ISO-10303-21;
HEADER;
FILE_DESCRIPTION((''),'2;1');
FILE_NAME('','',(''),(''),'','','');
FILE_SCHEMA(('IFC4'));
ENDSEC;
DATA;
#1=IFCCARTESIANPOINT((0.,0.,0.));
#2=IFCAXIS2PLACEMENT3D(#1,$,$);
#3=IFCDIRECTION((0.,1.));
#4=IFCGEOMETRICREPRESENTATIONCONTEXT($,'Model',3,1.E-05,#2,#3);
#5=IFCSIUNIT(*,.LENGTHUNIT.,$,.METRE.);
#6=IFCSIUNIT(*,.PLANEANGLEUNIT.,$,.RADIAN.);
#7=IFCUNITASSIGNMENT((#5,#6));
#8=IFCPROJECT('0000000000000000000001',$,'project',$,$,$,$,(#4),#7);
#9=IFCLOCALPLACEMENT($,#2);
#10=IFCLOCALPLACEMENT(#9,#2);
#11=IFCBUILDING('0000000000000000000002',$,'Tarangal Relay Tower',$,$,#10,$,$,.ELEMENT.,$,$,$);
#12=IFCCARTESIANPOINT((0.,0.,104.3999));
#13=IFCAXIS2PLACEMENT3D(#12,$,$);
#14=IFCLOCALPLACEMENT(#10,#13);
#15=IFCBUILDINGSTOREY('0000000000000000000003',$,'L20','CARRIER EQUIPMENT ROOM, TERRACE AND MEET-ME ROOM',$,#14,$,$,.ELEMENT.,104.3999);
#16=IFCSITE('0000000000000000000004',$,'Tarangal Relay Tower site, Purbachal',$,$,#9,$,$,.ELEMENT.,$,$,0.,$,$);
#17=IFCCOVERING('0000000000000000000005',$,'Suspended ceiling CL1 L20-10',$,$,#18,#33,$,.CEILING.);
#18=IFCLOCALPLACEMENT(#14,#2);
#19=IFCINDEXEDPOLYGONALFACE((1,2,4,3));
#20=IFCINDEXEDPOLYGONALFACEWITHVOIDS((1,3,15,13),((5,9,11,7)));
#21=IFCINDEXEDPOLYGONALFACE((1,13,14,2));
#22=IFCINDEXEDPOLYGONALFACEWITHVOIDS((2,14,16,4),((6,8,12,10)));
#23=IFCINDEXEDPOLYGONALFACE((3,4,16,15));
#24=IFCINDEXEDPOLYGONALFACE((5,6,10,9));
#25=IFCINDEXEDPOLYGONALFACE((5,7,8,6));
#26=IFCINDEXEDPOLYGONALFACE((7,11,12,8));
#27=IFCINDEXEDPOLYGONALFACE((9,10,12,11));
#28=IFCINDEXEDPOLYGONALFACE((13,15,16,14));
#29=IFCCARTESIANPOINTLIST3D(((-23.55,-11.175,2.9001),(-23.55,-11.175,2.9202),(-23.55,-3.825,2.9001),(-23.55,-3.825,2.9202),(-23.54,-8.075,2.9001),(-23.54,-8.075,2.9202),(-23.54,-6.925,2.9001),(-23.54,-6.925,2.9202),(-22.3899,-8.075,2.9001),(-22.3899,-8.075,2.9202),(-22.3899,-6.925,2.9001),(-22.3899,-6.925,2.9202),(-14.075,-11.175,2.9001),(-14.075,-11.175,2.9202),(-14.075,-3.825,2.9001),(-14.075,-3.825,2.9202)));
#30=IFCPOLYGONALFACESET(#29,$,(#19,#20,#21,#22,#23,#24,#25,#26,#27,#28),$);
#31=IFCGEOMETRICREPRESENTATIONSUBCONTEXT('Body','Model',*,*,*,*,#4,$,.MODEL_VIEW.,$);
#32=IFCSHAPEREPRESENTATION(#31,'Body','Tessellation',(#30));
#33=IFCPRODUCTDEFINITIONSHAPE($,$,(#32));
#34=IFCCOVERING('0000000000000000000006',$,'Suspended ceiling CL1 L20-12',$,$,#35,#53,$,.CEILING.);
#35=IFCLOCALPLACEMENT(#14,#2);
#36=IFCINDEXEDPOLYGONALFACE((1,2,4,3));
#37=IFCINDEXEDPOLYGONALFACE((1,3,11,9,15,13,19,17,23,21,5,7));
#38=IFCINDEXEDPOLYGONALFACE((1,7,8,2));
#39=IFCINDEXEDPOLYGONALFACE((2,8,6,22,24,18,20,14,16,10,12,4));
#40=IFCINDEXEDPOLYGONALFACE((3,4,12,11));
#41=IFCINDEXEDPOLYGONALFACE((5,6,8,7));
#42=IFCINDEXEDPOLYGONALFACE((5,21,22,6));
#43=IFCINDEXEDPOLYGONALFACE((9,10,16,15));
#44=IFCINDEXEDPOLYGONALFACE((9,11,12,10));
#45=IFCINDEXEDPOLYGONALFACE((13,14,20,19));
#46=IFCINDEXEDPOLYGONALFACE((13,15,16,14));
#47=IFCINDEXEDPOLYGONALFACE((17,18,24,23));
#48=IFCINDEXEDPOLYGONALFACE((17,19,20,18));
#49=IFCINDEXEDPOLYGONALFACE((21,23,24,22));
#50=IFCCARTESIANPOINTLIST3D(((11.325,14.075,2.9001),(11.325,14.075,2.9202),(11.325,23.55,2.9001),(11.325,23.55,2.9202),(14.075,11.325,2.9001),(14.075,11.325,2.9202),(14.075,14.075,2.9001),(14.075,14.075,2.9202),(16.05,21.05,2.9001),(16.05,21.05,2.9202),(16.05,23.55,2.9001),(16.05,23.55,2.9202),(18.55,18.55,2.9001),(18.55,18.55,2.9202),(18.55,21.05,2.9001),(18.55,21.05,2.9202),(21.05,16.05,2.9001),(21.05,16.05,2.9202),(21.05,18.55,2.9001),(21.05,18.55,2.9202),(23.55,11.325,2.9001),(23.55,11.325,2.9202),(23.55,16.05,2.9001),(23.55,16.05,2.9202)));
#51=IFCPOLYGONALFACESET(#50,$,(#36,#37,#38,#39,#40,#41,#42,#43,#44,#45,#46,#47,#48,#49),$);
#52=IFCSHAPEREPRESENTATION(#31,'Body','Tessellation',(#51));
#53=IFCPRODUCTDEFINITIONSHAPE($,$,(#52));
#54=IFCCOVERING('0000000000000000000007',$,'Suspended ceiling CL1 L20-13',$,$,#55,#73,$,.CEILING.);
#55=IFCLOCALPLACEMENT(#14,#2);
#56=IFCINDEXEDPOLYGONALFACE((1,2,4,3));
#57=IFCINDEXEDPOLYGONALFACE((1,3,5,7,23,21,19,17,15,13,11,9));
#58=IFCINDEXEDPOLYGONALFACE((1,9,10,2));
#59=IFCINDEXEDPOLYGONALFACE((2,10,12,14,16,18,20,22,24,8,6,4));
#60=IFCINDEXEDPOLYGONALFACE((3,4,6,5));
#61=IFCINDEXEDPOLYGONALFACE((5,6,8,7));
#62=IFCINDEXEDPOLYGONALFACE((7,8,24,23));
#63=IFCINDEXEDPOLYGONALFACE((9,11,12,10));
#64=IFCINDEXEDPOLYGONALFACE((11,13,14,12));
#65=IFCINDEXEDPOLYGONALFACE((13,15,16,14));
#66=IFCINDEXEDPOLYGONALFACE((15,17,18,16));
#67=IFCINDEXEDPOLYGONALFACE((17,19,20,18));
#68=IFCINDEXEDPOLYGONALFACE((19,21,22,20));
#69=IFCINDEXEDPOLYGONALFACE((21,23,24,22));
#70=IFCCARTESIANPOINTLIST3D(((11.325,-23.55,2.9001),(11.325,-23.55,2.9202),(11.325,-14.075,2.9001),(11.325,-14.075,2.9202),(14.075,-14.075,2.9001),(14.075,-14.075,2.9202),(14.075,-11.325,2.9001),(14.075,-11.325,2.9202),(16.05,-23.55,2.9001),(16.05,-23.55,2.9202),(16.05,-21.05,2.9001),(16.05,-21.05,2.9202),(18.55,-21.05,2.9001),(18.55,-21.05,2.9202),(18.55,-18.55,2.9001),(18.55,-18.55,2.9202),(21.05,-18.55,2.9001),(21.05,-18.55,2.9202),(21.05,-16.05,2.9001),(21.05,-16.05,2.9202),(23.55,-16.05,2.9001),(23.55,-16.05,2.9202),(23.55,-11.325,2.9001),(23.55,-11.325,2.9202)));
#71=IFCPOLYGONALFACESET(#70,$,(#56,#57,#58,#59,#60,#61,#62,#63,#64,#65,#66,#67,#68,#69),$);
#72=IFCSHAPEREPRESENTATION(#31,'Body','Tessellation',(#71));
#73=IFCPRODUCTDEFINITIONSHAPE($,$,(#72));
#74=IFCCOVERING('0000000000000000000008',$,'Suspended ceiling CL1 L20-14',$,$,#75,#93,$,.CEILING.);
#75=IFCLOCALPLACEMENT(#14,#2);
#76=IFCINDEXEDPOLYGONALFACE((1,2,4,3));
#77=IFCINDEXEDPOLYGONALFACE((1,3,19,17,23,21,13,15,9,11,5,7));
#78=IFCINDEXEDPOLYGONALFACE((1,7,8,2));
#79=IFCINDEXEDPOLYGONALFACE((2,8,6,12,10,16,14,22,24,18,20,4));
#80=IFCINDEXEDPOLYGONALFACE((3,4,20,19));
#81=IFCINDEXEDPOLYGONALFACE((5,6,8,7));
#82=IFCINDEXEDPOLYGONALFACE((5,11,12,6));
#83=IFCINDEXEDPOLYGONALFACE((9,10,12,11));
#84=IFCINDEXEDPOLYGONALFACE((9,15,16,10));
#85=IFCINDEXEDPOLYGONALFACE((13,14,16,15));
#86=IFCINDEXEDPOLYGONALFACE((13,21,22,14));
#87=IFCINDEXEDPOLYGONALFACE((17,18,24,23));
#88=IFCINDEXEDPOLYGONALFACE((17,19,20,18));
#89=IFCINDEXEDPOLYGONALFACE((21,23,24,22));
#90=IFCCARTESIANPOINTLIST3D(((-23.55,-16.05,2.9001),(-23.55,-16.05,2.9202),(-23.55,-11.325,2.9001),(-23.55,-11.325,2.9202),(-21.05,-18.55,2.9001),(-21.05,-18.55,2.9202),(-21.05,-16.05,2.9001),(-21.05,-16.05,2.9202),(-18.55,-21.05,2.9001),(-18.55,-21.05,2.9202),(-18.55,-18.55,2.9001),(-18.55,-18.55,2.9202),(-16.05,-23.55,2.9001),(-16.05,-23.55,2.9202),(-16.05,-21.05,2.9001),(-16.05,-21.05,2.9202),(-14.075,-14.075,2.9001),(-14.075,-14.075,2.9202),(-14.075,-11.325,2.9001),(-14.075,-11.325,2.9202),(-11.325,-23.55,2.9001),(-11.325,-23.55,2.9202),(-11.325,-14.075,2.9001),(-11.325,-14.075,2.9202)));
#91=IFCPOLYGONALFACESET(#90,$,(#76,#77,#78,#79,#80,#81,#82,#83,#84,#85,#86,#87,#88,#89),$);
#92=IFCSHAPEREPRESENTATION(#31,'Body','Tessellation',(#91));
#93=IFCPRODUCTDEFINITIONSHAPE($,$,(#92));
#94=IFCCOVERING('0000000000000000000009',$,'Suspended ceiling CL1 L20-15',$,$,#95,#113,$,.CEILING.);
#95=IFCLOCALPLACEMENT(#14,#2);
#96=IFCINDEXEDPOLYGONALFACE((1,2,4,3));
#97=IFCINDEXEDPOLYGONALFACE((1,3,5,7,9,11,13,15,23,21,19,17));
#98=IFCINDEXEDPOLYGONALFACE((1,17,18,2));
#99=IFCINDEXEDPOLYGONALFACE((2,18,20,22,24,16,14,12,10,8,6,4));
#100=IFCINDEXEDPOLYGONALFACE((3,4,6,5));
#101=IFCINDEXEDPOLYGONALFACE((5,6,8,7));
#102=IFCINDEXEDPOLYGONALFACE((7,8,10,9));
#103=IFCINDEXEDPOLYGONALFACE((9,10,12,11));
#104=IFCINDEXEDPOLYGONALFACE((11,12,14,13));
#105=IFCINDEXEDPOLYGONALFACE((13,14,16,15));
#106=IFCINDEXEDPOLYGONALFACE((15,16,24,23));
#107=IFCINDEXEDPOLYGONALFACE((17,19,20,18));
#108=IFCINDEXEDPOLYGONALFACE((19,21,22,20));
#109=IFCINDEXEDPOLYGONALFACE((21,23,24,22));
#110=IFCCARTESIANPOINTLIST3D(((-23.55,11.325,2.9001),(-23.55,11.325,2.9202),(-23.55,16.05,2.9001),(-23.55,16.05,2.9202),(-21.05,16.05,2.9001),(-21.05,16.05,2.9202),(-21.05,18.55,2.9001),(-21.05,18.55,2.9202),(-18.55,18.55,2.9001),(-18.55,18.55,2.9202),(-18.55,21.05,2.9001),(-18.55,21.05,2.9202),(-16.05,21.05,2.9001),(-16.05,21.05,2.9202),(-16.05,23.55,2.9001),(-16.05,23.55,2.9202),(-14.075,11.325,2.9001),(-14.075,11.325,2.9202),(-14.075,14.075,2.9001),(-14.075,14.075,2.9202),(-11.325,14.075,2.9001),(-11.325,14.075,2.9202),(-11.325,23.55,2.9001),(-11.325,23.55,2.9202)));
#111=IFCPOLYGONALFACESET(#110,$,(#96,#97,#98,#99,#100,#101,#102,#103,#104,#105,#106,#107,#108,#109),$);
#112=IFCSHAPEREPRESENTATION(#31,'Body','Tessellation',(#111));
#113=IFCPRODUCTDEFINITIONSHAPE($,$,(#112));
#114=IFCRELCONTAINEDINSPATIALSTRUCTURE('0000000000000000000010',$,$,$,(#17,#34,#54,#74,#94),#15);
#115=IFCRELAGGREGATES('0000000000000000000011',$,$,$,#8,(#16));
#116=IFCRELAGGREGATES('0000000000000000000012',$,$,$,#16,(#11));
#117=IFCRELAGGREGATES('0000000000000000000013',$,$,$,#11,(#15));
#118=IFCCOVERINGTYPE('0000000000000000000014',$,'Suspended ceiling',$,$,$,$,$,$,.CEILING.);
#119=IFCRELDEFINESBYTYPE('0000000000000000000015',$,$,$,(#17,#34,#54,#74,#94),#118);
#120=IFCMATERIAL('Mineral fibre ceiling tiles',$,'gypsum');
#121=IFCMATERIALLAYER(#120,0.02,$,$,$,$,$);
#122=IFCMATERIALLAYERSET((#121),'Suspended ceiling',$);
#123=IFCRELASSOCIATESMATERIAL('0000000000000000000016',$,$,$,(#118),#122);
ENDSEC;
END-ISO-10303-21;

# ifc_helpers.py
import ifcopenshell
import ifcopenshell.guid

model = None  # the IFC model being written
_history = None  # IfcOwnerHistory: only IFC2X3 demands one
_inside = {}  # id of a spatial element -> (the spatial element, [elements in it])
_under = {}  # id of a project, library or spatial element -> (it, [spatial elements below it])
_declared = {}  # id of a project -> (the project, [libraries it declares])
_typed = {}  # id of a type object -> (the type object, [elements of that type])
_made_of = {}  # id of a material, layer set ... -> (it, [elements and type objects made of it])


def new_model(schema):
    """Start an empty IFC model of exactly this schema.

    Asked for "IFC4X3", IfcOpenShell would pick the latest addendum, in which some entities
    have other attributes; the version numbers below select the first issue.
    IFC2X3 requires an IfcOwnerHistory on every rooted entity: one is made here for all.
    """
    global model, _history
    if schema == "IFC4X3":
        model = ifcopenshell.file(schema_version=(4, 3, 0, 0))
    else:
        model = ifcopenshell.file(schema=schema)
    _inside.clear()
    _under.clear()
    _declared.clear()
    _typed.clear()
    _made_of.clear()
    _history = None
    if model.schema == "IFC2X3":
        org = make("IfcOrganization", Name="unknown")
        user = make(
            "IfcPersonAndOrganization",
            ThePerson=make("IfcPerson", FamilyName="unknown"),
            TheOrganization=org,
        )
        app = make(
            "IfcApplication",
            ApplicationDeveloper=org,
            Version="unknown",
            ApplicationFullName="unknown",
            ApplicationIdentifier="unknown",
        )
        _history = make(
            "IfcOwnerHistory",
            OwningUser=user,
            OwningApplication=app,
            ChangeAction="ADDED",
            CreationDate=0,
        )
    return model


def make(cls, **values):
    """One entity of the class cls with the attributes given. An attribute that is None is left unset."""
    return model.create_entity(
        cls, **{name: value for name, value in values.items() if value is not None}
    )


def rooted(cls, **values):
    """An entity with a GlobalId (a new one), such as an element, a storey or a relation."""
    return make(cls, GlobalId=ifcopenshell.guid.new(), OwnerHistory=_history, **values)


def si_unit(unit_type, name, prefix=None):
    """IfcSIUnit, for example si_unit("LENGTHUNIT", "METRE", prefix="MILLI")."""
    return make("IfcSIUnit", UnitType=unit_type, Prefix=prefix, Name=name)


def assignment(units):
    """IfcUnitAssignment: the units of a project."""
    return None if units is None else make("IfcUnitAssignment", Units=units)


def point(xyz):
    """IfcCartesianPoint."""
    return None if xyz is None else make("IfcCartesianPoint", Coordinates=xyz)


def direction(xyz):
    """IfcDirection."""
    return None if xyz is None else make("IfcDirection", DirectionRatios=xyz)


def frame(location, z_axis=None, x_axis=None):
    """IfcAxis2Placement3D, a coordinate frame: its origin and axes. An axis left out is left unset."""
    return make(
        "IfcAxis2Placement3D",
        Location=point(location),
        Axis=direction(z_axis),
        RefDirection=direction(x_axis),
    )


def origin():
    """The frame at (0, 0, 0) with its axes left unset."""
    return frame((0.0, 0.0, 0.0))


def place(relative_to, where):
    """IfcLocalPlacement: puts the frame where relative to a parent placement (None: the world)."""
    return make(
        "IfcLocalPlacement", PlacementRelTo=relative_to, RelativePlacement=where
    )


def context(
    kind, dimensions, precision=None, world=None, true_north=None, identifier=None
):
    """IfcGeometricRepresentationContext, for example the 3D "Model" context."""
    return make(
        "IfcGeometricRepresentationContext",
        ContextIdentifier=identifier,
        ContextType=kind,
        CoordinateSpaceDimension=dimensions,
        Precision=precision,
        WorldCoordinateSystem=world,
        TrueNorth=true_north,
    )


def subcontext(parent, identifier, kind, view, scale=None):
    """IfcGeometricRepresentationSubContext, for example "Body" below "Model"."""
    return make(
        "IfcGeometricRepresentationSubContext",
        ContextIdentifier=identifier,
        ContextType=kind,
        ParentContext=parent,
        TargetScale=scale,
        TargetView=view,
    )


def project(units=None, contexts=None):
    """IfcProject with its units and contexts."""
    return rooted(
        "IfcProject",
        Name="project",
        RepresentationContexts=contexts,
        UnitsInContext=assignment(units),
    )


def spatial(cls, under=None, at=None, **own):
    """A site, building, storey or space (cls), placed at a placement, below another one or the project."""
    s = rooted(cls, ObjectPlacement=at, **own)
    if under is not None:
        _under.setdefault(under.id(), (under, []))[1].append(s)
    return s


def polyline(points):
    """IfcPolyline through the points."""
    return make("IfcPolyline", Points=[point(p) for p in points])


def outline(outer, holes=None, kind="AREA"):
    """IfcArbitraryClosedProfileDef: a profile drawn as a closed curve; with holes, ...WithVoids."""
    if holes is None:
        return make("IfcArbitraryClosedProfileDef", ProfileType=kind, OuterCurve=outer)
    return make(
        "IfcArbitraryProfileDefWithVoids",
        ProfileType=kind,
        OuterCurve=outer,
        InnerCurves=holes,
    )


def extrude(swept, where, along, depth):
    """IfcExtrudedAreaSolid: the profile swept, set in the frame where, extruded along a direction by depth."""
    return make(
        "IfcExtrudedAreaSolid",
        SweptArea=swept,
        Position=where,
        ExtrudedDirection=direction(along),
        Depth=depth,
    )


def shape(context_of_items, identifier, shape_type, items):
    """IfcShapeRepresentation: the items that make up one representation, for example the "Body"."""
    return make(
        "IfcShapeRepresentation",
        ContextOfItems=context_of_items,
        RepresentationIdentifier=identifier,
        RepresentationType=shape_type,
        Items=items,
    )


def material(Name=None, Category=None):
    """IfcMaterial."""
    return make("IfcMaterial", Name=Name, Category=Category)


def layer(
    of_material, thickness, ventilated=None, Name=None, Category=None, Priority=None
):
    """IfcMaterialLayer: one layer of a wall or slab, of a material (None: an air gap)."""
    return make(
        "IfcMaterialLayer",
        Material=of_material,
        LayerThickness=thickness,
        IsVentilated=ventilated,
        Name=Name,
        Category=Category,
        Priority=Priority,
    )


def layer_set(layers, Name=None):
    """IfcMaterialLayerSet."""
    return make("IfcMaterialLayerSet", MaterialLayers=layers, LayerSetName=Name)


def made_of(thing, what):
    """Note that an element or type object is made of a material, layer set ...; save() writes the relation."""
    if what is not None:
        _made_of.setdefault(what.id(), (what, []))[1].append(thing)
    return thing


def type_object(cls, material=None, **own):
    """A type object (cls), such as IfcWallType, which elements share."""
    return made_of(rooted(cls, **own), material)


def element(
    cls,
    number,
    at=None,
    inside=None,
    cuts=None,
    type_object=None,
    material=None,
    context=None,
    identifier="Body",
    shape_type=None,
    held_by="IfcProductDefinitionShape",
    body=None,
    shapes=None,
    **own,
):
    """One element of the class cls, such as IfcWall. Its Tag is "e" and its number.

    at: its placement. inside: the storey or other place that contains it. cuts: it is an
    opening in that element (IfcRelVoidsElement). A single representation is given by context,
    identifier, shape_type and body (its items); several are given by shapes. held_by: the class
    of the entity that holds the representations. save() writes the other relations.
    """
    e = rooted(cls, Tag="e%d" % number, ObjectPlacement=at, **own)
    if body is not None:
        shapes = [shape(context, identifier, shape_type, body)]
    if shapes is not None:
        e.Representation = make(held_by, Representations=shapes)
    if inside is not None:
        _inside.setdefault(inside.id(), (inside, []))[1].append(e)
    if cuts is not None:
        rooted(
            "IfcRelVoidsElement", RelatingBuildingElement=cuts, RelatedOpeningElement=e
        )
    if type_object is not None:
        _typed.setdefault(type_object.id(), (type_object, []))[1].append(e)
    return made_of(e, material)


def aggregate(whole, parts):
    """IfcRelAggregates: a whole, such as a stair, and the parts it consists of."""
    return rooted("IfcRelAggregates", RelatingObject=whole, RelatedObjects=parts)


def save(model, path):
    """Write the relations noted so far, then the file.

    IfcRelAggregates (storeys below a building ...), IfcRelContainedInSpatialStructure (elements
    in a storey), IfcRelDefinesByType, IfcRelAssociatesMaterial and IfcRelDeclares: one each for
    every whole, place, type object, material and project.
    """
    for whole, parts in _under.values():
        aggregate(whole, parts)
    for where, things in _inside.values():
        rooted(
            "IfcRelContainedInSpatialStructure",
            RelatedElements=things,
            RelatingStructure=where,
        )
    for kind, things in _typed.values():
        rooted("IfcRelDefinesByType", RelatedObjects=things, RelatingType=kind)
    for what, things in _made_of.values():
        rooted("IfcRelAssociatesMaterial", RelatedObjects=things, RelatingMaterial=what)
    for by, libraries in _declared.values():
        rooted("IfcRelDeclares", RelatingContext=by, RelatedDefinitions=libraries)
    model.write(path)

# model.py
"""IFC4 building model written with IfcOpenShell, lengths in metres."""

from ifc_helpers import new_model, si_unit, direction, frame, origin, place, context, subcontext, project, spatial, polyline, outline, extrude, material, layer, layer_set, type_object, element, save


model = new_model("IFC4")

# Units and contexts
model_context = context("Model", 3, precision=1e-05, world=origin(), true_north=direction((0.0, 1.0)))
body_context = subcontext(model_context, "Body", "Model", "MODEL_VIEW")
ifc_project = project(units=[si_unit("LENGTHUNIT", "METRE"), si_unit("PLANEANGLEUNIT", "RADIAN")], contexts=[model_context])

# Site, building, storey
site_placement = place(None, origin())
site = spatial("IfcSite", under=ifc_project, at=site_placement, Name="Tarangal Relay Tower site, Purbachal", CompositionType="ELEMENT", RefElevation=0.0)
building_placement = place(site_placement, origin())
building = spatial("IfcBuilding", under=site, at=building_placement, Name="Tarangal Relay Tower", CompositionType="ELEMENT")
storey_placement = place(building_placement, frame((0.0, 0.0, 104.3999)))
storey = spatial("IfcBuildingStorey", under=building, at=storey_placement, Name="L20", Description="CARRIER EQUIPMENT ROOM, TERRACE AND MEET-ME ROOM", CompositionType="ELEMENT", Elevation=104.3999)

# Coverings
ifc_material_1 = material(Name="Mineral fibre ceiling tiles", Category="gypsum")
ifc_layer_1 = layer(ifc_material_1, 0.02)
ifc_layer_set_1 = layer_set([ifc_layer_1], Name="Suspended ceiling")
covering_type_1 = type_object("IfcCoveringType", Name="Suspended ceiling", PredefinedType="CEILING", material=ifc_layer_set_1)
covering_1_placement = place(storey_placement, frame((0.0, 0.0, 2.9001)))
element("IfcCovering", 1, at=covering_1_placement, inside=storey, type_object=covering_type_1, Name="Suspended ceiling CL1 L20-10", PredefinedType="CEILING", context=body_context, shape_type="SweptSolid", body=[
    extrude(outline(polyline([(-23.55, -3.825), (-23.55, -11.175), (-14.075, -11.175), (-14.075, -3.825), (-23.55, -3.825)]), holes=[polyline([(-22.3899, -6.925), (-23.54, -6.925), (-23.54, -8.075), (-22.3899, -8.075), (-22.3899, -6.925)])]), origin(), (0.0, 0.0, 1.0), 0.02),
])
covering_2_placement = place(storey_placement, frame((0.0, 0.0, 2.9001)))
element("IfcCovering", 2, at=covering_2_placement, inside=storey, type_object=covering_type_1, Name="Suspended ceiling CL1 L20-12", PredefinedType="CEILING", context=body_context, shape_type="SweptSolid", body=[
    extrude(outline(polyline([(16.05, 23.55), (11.325, 23.55), (11.325, 14.075), (14.075, 14.075), (14.075, 11.325), (23.55, 11.325), (23.55, 16.05), (21.05, 16.05), (21.05, 18.55), (18.55, 18.55), (18.55, 21.05), (16.05, 21.05), (16.05, 23.55)])), origin(), (0.0, 0.0, 1.0), 0.02),
])
covering_3_placement = place(storey_placement, frame((0.0, 0.0, 2.9001)))
element("IfcCovering", 3, at=covering_3_placement, inside=storey, type_object=covering_type_1, Name="Suspended ceiling CL1 L20-13", PredefinedType="CEILING", context=body_context, shape_type="SweptSolid", body=[
    extrude(outline(polyline([(23.55, -16.05), (23.55, -11.325), (14.075, -11.325), (14.075, -14.075), (11.325, -14.075), (11.325, -23.55), (16.05, -23.55), (16.05, -21.05), (18.55, -21.05), (18.55, -18.55), (21.05, -18.55), (21.05, -16.05), (23.55, -16.05)])), origin(), (0.0, 0.0, 1.0), 0.02),
])
covering_4_placement = place(storey_placement, frame((0.0, 0.0, 2.9001)))
element("IfcCovering", 4, at=covering_4_placement, inside=storey, type_object=covering_type_1, Name="Suspended ceiling CL1 L20-14", PredefinedType="CEILING", context=body_context, shape_type="SweptSolid", body=[
    extrude(outline(polyline([(-16.05, -21.05), (-16.05, -23.55), (-11.325, -23.55), (-11.325, -14.075), (-14.075, -14.075), (-14.075, -11.325), (-23.55, -11.325), (-23.55, -16.05), (-21.05, -16.05), (-21.05, -18.55), (-18.55, -18.55), (-18.55, -21.05), (-16.05, -21.05)])), origin(), (0.0, 0.0, 1.0), 0.02),
])
covering_5_placement = place(storey_placement, frame((0.0, 0.0, 2.9001)))
element("IfcCovering", 5, at=covering_5_placement, inside=storey, type_object=covering_type_1, Name="Suspended ceiling CL1 L20-15", PredefinedType="CEILING", context=body_context, shape_type="SweptSolid", body=[
    extrude(outline(polyline([(-21.05, 16.05), (-23.55, 16.05), (-23.55, 11.325), (-14.075, 11.325), (-14.075, 14.075), (-11.325, 14.075), (-11.325, 23.55), (-16.05, 23.55), (-16.05, 21.05), (-18.55, 21.05), (-18.55, 18.55), (-21.05, 18.55), (-21.05, 16.05)])), origin(), (0.0, 0.0, 1.0), 0.02),
])

save(model, "model.ifc")
